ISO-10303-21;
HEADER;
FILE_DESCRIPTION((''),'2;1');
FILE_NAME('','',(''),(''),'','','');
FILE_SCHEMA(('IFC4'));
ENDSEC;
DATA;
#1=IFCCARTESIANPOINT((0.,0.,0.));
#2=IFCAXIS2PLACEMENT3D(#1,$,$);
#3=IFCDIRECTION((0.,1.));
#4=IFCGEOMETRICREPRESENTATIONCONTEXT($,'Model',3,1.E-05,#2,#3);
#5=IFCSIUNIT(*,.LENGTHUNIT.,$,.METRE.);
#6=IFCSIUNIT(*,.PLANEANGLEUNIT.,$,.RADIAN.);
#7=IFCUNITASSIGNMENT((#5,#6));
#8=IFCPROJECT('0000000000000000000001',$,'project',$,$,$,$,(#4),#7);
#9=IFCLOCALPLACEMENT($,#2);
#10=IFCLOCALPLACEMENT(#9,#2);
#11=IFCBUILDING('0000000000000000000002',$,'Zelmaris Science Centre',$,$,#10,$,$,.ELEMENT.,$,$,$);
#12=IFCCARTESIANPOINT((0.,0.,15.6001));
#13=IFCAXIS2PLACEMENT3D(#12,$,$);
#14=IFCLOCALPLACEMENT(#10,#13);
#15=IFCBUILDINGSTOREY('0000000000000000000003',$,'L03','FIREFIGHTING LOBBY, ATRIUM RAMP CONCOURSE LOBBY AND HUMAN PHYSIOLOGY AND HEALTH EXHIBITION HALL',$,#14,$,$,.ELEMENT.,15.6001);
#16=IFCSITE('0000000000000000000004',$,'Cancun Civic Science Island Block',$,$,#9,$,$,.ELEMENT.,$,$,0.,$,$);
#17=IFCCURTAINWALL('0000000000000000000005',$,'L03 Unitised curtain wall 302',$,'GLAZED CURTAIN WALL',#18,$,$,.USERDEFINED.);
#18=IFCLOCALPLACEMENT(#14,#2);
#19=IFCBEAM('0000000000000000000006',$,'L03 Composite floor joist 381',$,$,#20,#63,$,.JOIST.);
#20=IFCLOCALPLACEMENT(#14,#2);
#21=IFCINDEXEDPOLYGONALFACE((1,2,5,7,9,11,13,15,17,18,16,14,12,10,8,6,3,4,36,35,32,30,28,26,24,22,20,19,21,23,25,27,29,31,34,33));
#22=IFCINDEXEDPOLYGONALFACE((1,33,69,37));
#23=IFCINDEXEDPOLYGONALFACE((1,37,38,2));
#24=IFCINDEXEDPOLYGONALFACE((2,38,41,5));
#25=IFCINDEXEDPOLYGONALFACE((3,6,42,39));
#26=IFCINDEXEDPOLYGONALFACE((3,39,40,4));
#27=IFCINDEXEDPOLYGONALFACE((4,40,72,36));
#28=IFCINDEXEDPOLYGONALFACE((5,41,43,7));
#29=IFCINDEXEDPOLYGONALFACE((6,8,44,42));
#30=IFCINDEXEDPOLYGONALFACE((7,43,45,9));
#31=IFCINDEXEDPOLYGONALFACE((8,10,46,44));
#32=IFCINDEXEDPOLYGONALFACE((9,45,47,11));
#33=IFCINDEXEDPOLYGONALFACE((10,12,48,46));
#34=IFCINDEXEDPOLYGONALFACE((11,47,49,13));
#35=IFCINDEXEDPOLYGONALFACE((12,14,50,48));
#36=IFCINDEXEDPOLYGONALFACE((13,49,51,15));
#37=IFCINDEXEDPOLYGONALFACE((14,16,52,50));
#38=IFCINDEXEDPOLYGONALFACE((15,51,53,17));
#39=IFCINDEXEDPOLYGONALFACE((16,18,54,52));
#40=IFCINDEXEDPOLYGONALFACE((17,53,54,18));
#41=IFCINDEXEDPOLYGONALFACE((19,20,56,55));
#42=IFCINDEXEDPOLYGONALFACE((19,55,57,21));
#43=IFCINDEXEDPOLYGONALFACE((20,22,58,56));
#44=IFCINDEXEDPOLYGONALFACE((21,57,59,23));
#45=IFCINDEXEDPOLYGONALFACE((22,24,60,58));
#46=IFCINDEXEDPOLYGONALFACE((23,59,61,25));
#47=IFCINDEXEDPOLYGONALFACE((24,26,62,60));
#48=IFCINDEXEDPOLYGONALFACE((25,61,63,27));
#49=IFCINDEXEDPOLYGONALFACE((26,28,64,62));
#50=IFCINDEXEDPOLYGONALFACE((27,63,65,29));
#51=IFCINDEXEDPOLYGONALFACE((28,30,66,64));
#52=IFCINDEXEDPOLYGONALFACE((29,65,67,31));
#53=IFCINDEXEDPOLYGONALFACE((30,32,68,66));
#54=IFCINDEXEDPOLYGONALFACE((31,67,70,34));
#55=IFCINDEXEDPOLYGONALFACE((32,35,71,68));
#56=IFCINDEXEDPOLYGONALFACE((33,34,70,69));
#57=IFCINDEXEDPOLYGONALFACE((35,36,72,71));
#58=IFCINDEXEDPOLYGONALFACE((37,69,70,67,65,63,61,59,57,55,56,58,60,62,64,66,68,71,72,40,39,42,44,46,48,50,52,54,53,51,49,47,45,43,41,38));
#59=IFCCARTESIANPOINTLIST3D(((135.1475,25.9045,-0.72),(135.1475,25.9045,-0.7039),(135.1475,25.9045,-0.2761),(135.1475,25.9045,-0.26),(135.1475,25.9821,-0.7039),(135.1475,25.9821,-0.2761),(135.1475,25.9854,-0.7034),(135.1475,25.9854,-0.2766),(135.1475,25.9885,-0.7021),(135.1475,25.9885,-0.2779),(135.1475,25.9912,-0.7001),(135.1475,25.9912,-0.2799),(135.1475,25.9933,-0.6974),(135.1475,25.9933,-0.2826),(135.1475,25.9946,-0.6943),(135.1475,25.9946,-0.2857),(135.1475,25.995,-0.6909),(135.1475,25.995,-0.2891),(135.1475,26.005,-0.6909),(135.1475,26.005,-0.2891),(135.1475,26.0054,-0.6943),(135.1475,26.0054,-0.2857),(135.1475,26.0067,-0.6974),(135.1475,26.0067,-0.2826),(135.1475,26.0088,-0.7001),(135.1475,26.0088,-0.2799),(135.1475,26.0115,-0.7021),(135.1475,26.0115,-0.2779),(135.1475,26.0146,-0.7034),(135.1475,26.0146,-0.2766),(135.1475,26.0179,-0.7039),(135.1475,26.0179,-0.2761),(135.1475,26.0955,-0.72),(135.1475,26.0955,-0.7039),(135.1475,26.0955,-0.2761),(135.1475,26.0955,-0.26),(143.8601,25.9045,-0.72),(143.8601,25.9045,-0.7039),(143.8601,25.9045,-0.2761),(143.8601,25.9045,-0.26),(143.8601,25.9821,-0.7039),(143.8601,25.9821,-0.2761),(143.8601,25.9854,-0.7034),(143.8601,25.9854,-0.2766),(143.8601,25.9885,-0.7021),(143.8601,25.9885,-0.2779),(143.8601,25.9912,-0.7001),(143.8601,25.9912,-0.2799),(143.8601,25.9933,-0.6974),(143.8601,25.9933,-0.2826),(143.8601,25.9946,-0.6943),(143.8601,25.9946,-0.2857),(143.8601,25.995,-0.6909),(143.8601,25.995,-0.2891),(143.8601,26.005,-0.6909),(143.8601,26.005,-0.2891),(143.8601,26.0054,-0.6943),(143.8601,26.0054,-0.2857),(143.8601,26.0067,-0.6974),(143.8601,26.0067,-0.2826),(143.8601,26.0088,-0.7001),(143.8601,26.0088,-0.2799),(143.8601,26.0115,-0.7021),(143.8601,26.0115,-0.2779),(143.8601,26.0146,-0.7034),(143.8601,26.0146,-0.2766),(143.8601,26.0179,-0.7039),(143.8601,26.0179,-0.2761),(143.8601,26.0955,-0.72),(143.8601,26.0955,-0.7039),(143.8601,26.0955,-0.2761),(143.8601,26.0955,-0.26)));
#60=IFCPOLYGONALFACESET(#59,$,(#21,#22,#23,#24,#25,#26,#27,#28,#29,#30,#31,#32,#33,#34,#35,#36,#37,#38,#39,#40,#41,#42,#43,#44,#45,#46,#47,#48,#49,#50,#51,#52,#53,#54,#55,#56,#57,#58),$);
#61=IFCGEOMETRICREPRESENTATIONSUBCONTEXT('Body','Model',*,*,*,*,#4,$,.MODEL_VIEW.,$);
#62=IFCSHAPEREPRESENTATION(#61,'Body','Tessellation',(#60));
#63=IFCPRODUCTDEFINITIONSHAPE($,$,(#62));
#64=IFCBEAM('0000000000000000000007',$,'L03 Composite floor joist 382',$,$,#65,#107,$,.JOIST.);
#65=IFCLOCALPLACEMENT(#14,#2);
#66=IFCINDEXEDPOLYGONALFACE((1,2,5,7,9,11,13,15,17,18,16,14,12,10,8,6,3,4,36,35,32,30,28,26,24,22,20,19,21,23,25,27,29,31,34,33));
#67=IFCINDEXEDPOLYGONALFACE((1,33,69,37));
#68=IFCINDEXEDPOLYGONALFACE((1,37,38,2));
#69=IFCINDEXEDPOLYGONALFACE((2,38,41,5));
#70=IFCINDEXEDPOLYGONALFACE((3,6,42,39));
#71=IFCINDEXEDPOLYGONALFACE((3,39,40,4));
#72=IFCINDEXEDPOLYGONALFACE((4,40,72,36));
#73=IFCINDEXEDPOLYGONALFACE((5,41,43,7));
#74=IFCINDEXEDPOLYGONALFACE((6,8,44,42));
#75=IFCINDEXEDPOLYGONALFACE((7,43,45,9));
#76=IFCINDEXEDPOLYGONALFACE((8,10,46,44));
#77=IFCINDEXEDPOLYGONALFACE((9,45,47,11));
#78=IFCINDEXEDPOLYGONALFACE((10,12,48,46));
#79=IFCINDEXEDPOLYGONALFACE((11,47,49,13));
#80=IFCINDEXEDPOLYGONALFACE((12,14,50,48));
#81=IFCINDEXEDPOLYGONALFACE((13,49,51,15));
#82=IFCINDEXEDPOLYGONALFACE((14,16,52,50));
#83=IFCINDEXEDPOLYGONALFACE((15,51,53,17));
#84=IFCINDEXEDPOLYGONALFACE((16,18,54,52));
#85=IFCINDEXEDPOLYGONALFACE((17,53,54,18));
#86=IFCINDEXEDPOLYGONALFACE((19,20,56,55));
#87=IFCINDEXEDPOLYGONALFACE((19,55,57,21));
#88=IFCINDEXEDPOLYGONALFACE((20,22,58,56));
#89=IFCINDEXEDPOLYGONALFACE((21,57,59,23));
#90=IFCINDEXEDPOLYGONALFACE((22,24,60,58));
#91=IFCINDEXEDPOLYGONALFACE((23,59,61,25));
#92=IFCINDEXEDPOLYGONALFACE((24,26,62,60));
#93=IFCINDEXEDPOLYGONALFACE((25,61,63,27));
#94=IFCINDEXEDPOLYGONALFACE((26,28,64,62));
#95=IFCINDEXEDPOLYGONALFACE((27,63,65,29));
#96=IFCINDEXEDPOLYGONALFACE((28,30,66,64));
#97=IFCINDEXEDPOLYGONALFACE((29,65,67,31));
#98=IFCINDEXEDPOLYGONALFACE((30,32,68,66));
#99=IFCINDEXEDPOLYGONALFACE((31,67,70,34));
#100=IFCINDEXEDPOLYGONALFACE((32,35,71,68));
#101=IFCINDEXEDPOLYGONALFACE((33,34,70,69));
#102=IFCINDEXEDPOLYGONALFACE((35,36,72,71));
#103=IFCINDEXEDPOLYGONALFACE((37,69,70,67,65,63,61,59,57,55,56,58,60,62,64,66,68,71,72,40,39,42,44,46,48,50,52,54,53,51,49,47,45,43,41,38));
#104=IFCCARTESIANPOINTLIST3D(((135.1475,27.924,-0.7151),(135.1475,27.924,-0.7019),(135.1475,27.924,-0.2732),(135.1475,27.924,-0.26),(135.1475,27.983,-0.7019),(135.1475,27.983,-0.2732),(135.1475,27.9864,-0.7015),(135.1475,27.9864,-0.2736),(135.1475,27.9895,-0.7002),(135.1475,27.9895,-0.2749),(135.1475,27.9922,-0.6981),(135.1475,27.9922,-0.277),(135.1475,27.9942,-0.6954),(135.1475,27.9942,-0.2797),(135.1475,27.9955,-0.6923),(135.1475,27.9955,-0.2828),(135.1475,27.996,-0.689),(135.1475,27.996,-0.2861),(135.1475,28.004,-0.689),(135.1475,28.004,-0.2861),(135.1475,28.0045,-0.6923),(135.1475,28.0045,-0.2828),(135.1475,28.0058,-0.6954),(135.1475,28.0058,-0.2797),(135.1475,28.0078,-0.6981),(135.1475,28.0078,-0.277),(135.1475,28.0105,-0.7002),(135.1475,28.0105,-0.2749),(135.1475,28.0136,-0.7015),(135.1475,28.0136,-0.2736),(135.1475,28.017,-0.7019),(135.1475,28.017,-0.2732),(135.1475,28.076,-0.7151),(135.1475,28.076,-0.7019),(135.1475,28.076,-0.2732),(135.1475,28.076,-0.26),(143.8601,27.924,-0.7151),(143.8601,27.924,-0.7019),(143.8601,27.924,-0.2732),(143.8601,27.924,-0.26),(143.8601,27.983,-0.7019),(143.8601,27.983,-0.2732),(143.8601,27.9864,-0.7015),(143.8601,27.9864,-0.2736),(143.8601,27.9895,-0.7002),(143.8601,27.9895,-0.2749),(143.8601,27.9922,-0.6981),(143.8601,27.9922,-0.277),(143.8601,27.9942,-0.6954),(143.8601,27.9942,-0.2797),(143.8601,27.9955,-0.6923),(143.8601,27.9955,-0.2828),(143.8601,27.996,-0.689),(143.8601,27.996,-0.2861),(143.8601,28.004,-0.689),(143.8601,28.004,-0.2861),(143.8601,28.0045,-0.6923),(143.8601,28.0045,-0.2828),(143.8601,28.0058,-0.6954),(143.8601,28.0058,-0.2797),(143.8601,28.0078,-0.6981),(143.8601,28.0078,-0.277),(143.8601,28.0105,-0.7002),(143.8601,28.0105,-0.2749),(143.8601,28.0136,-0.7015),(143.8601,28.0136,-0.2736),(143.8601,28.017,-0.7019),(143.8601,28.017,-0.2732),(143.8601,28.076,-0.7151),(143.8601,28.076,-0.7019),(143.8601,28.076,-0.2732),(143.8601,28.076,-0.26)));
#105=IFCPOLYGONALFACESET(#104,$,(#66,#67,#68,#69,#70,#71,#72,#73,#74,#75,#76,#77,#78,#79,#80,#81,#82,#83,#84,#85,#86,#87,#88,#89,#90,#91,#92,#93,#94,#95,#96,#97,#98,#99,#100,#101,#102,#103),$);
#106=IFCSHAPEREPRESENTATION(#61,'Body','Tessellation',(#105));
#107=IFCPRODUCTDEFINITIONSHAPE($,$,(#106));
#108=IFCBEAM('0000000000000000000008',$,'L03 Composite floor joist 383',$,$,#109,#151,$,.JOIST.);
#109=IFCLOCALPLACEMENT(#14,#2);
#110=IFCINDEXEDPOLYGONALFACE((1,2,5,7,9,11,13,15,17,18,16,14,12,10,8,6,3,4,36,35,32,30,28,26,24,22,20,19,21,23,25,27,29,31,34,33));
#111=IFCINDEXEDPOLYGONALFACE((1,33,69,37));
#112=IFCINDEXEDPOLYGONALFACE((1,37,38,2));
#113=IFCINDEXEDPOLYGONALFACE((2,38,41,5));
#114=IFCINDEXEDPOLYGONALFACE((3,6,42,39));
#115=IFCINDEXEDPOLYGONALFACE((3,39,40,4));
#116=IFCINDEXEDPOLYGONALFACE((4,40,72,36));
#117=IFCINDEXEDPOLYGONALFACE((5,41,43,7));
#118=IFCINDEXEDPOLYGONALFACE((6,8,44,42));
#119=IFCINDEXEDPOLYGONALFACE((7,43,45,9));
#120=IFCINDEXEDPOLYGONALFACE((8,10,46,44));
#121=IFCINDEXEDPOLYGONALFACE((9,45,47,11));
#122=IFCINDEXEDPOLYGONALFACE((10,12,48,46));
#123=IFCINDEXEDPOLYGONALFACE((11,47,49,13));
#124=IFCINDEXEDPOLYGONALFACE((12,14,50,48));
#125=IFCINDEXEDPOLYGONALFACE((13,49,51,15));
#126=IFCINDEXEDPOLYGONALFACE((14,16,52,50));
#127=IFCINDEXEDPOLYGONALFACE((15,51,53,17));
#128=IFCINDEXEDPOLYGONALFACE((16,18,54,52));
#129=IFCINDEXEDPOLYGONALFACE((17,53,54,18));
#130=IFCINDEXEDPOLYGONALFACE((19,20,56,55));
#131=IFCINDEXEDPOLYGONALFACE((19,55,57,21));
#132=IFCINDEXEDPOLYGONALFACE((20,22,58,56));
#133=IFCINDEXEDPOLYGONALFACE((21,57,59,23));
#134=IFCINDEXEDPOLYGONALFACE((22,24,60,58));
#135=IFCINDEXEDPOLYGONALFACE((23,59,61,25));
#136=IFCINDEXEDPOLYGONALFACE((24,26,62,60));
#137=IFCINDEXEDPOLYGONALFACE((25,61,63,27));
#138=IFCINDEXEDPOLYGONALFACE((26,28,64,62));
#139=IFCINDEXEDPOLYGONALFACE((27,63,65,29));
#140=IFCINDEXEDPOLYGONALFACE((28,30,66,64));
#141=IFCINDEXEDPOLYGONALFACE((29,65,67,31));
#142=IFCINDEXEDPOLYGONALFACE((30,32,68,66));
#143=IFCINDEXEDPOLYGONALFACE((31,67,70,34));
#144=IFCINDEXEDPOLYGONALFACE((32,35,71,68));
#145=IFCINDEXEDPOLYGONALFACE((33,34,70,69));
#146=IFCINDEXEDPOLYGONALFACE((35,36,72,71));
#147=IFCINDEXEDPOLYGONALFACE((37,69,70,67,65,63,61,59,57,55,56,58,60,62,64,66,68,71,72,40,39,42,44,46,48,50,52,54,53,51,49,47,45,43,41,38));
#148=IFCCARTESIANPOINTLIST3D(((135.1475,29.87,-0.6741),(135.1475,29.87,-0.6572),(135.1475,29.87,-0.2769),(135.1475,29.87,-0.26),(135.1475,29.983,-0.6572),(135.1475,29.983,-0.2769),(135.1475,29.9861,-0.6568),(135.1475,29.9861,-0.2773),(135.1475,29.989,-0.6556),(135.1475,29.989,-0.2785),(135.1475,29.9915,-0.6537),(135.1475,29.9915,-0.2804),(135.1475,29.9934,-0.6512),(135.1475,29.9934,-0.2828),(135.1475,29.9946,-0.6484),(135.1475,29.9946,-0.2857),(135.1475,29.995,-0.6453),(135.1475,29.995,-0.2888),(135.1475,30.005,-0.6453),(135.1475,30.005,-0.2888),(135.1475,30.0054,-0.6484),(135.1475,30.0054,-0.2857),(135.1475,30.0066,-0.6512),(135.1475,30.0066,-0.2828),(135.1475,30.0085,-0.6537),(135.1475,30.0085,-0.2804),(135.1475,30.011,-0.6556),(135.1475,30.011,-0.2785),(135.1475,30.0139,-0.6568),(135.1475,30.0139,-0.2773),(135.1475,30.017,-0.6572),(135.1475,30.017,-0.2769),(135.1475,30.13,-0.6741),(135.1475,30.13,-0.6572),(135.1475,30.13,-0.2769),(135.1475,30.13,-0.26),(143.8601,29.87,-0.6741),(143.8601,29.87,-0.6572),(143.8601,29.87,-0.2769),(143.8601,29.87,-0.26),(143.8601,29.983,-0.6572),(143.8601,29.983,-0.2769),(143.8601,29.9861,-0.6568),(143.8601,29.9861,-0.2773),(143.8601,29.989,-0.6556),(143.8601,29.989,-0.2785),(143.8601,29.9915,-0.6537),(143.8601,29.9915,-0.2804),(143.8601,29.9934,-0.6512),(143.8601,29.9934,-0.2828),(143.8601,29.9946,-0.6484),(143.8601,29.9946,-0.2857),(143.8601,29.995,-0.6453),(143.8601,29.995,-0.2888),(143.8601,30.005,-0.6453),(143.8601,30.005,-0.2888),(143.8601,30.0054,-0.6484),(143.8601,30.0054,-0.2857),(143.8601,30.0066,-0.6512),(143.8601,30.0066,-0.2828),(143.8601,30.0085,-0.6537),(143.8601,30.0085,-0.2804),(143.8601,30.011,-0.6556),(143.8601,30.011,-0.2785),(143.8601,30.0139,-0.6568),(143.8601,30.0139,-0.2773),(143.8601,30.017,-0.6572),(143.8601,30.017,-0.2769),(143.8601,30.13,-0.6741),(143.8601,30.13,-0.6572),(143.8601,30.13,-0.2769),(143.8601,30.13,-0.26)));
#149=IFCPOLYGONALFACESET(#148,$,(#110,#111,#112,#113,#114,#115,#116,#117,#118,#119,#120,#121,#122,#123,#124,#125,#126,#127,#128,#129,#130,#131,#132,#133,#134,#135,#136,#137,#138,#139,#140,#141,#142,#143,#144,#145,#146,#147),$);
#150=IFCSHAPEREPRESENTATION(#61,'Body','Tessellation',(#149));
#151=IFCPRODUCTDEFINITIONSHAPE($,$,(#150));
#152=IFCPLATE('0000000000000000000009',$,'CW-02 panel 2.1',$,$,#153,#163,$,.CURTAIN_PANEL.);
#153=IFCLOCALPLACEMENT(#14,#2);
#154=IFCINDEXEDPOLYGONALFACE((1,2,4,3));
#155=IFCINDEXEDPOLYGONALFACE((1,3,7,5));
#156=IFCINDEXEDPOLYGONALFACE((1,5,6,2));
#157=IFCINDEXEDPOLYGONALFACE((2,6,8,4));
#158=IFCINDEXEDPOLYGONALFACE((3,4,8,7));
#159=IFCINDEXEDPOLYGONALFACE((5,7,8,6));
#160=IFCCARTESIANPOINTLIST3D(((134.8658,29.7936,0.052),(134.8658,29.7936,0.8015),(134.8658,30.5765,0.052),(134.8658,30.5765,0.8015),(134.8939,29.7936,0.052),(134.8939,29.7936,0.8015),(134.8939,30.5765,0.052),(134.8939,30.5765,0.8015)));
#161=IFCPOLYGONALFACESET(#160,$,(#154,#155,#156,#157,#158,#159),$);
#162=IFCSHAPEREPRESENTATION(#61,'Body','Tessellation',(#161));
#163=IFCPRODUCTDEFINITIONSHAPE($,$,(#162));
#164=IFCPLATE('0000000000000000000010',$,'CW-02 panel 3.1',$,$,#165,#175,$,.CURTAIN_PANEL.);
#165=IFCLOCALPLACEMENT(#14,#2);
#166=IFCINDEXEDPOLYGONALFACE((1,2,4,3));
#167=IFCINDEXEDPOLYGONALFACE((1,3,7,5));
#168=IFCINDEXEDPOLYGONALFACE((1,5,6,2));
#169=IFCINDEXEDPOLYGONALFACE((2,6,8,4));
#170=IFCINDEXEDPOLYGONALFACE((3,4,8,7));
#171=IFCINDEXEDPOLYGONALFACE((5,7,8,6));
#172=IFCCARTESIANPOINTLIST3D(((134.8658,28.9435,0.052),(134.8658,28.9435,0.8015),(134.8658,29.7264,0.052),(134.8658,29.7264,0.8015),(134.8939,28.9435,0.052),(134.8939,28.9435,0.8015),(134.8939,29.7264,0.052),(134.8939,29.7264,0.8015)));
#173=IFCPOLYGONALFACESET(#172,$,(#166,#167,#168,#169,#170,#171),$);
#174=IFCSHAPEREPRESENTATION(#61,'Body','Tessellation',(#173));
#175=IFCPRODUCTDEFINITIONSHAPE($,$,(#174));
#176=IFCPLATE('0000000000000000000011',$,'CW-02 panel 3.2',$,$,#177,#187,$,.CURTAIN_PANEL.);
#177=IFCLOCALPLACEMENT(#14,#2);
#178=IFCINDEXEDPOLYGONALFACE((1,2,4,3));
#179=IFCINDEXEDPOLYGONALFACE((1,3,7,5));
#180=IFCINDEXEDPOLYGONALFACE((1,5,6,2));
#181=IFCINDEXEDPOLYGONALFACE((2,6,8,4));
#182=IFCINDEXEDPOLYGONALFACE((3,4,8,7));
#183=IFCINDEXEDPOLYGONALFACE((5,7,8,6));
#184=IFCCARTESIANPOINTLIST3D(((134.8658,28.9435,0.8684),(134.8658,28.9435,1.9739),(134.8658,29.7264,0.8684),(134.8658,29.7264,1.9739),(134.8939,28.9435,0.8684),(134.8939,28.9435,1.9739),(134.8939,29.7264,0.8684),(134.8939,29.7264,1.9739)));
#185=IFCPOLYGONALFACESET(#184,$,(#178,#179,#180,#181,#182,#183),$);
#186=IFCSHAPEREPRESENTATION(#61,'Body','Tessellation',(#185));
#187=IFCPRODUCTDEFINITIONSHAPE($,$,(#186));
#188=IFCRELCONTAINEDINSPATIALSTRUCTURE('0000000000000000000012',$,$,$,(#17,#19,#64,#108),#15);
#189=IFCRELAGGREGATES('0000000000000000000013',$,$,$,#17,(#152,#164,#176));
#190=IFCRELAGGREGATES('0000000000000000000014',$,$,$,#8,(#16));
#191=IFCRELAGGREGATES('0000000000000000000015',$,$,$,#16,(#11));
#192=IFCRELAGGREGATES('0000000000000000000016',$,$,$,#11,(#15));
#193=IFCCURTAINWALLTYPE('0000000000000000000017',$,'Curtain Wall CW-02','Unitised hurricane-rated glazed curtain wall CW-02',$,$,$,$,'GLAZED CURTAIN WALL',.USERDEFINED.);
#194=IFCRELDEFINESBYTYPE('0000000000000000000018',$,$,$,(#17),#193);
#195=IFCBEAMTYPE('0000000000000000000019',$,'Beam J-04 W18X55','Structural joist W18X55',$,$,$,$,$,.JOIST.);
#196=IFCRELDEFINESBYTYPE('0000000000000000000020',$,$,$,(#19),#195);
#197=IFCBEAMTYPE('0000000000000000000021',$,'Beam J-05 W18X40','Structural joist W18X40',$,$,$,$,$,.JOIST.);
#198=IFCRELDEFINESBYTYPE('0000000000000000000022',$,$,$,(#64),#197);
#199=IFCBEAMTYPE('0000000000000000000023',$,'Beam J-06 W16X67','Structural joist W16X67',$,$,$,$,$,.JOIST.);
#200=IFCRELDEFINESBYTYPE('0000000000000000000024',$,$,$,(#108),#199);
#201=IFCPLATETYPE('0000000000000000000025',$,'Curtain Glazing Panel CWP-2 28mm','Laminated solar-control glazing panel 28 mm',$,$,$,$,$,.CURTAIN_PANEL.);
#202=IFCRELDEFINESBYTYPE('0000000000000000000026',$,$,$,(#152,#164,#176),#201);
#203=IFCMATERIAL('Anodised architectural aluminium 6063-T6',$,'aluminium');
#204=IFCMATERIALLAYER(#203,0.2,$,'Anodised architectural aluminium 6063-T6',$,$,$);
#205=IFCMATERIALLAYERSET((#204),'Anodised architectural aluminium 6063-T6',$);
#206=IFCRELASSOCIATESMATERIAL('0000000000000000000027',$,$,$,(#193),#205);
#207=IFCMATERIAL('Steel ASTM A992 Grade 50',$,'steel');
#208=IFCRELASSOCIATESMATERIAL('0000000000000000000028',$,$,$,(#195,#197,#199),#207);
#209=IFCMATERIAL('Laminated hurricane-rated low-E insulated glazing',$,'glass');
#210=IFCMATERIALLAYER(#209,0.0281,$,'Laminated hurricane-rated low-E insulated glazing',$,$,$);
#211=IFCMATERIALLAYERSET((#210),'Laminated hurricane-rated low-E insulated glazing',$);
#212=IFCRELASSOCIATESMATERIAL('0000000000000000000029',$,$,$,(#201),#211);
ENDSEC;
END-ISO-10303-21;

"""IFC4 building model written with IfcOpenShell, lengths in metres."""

from ifc_helpers import new_model, si_unit, direction, frame, origin, origin_2d, place, context, subcontext, project, spatial, rectangle, i_section, extrude, material, layer, layer_set, material_profile, profile_set, type_object, element, aggregate, save


model = new_model("IFC4")

# Units and contexts
model_context = context("Model", 3, precision=1e-05, world=origin(), true_north=direction((0.0, 1.0)))
body_context = subcontext(model_context, "Body", "Model", "MODEL_VIEW")
ifc_project = project(units=[si_unit("LENGTHUNIT", "METRE"), si_unit("PLANEANGLEUNIT", "RADIAN")], contexts=[model_context])

# Site, building, storey
site_placement = place(None, origin())
site = spatial("IfcSite", under=ifc_project, at=site_placement, Name="Cancun Civic Science Island Block", CompositionType="ELEMENT", RefElevation=0.0)
building_placement = place(site_placement, origin())
building = spatial("IfcBuilding", under=site, at=building_placement, Name="Zelmaris Science Centre", CompositionType="ELEMENT")
storey_placement = place(building_placement, frame((0.0, 0.0, 15.6001)))
storey = spatial("IfcBuildingStorey", under=building, at=storey_placement, Name="L03", Description="FIREFIGHTING LOBBY, ATRIUM RAMP CONCOURSE LOBBY AND HUMAN PHYSIOLOGY AND HEALTH EXHIBITION HALL", CompositionType="ELEMENT", Elevation=15.6001)

# Shared definitions
ifc_material_1 = material(Name="Steel ASTM A992 Grade 50", Category="steel")

# Shared definitions
ifc_material_2 = material(Name="Anodised architectural aluminium 6063-T6", Category="aluminium")

# Curtain wall
ifc_layer_1 = layer(ifc_material_2, 0.2, Name="Anodised architectural aluminium 6063-T6")
ifc_layer_set_1 = layer_set([ifc_layer_1], Name="Anodised architectural aluminium 6063-T6")
curtain_wall_type_1 = type_object("IfcCurtainWallType", Name="Curtain Wall CW-02", Description="Unitised hurricane-rated glazed curtain wall CW-02", ElementType="GLAZED CURTAIN WALL", PredefinedType="USERDEFINED", material=ifc_layer_set_1)
curtain_wall_1_placement = place(storey_placement, origin())
curtain_wall_1 = element("IfcCurtainWall", 1, at=curtain_wall_1_placement, inside=storey, type_object=curtain_wall_type_1, Name="L03 Unitised curtain wall 302", ObjectType="GLAZED CURTAIN WALL", PredefinedType="USERDEFINED")

# Beams
ifc_material_profile_1 = material_profile(ifc_material_1, i_section(OverallWidth=0.1909, OverallDepth=0.46, WebThickness=0.01, FlangeThickness=0.0161, FilletRadius=0.0129, at=origin_2d()), Name="W18X55")
ifc_profile_set_1 = profile_set([ifc_material_profile_1], Name="Steel ASTM A992 Grade 50")
beam_type_1 = type_object("IfcBeamType", Name="Beam J-04 W18X55", Description="Structural joist W18X55", PredefinedType="JOIST", material=ifc_profile_set_1)
beam_1_placement = place(storey_placement, frame((135.1475, 26.0, -0.49), z_axis=(1.0, 0.0, 0.0), x_axis=(0.0, 1.0, 0.0)))
element("IfcBeam", 2, at=beam_1_placement, inside=storey, type_object=beam_type_1, Name="L03 Composite floor joist 381", PredefinedType="JOIST", context=body_context, shape_type="SweptSolid", body=[
    extrude(i_section(OverallWidth=0.1909, OverallDepth=0.46, WebThickness=0.01, FlangeThickness=0.0161, FilletRadius=0.0129, at=origin_2d()), origin(), (0.0, 0.0, 1.0), 8.7126),
])
ifc_material_profile_2 = material_profile(ifc_material_1, i_section(OverallWidth=0.1521, OverallDepth=0.4551, WebThickness=0.0081, FlangeThickness=0.0132, FilletRadius=0.0129, at=origin_2d()), Name="W18X40")
ifc_profile_set_2 = profile_set([ifc_material_profile_2], Name="Steel ASTM A992 Grade 50")
beam_type_2 = type_object("IfcBeamType", Name="Beam J-05 W18X40", Description="Structural joist W18X40", PredefinedType="JOIST", material=ifc_profile_set_2)
beam_2_placement = place(storey_placement, frame((135.1475, 28.0, -0.4875), z_axis=(1.0, 0.0, 0.0), x_axis=(0.0, 1.0, 0.0)))
element("IfcBeam", 3, at=beam_2_placement, inside=storey, type_object=beam_type_2, Name="L03 Composite floor joist 382", PredefinedType="JOIST", context=body_context, shape_type="SweptSolid", body=[
    extrude(i_section(OverallWidth=0.1521, OverallDepth=0.4551, WebThickness=0.0081, FlangeThickness=0.0132, FilletRadius=0.0129, at=origin_2d()), origin(), (0.0, 0.0, 1.0), 8.7126),
])
ifc_material_profile_3 = material_profile(ifc_material_1, i_section(OverallWidth=0.26, OverallDepth=0.4141, WebThickness=0.01, FlangeThickness=0.0168, FilletRadius=0.012, at=origin_2d()), Name="W16X67")
ifc_profile_set_3 = profile_set([ifc_material_profile_3], Name="Steel ASTM A992 Grade 50")
beam_type_3 = type_object("IfcBeamType", Name="Beam J-06 W16X67", Description="Structural joist W16X67", PredefinedType="JOIST", material=ifc_profile_set_3)
beam_3_placement = place(storey_placement, frame((135.1475, 30.0, -0.467), z_axis=(1.0, 0.0, 0.0), x_axis=(0.0, 1.0, 0.0)))
element("IfcBeam", 4, at=beam_3_placement, inside=storey, type_object=beam_type_3, Name="L03 Composite floor joist 383", PredefinedType="JOIST", context=body_context, shape_type="SweptSolid", body=[
    extrude(i_section(OverallWidth=0.26, OverallDepth=0.4141, WebThickness=0.01, FlangeThickness=0.0168, FilletRadius=0.012, at=origin_2d()), origin(), (0.0, 0.0, 1.0), 8.7126),
])

# Plates
ifc_material_3 = material(Name="Laminated hurricane-rated low-E insulated glazing", Category="glass")
ifc_layer_2 = layer(ifc_material_3, 0.0281, Name="Laminated hurricane-rated low-E insulated glazing")
ifc_layer_set_2 = layer_set([ifc_layer_2], Name="Laminated hurricane-rated low-E insulated glazing")
plate_type_1 = type_object("IfcPlateType", Name="Curtain Glazing Panel CWP-2 28mm", Description="Laminated solar-control glazing panel 28 mm", PredefinedType="CURTAIN_PANEL", material=ifc_layer_set_2)
plate_1_placement = place(storey_placement, frame((134.8799, 30.1851, 0.052), z_axis=(0.0, 0.0, 1.0), x_axis=(0.0, -1.0, 0.0)))
plate_1 = element("IfcPlate", 5, at=plate_1_placement, type_object=plate_type_1, Name="CW-02 panel 2.1", PredefinedType="CURTAIN_PANEL", context=body_context, shape_type="SweptSolid", body=[
    extrude(rectangle(XDim=0.783, YDim=0.0281, at=origin_2d()), origin(), (0.0, 0.0, 1.0), 0.7495),
])
plate_2_placement = place(storey_placement, frame((134.8799, 29.335, 0.052), z_axis=(0.0, 0.0, 1.0), x_axis=(0.0, -1.0, 0.0)))
plate_2 = element("IfcPlate", 6, at=plate_2_placement, type_object=plate_type_1, Name="CW-02 panel 3.1", PredefinedType="CURTAIN_PANEL", context=body_context, shape_type="SweptSolid", body=[
    extrude(rectangle(XDim=0.783, YDim=0.0281, at=origin_2d()), origin(), (0.0, 0.0, 1.0), 0.7495),
])
plate_3_placement = place(storey_placement, frame((134.8799, 29.335, 0.8684), z_axis=(0.0, 0.0, 1.0), x_axis=(0.0, -1.0, 0.0)))
plate_3 = element("IfcPlate", 7, at=plate_3_placement, type_object=plate_type_1, Name="CW-02 panel 3.2", PredefinedType="CURTAIN_PANEL", context=body_context, shape_type="SweptSolid", body=[
    extrude(rectangle(XDim=0.783, YDim=0.0281, at=origin_2d()), origin(), (0.0, 0.0, 1.0), 1.1055),
])
aggregate(curtain_wall_1, [plate_1, plate_2, plate_3])

save(model, "model.ifc")
